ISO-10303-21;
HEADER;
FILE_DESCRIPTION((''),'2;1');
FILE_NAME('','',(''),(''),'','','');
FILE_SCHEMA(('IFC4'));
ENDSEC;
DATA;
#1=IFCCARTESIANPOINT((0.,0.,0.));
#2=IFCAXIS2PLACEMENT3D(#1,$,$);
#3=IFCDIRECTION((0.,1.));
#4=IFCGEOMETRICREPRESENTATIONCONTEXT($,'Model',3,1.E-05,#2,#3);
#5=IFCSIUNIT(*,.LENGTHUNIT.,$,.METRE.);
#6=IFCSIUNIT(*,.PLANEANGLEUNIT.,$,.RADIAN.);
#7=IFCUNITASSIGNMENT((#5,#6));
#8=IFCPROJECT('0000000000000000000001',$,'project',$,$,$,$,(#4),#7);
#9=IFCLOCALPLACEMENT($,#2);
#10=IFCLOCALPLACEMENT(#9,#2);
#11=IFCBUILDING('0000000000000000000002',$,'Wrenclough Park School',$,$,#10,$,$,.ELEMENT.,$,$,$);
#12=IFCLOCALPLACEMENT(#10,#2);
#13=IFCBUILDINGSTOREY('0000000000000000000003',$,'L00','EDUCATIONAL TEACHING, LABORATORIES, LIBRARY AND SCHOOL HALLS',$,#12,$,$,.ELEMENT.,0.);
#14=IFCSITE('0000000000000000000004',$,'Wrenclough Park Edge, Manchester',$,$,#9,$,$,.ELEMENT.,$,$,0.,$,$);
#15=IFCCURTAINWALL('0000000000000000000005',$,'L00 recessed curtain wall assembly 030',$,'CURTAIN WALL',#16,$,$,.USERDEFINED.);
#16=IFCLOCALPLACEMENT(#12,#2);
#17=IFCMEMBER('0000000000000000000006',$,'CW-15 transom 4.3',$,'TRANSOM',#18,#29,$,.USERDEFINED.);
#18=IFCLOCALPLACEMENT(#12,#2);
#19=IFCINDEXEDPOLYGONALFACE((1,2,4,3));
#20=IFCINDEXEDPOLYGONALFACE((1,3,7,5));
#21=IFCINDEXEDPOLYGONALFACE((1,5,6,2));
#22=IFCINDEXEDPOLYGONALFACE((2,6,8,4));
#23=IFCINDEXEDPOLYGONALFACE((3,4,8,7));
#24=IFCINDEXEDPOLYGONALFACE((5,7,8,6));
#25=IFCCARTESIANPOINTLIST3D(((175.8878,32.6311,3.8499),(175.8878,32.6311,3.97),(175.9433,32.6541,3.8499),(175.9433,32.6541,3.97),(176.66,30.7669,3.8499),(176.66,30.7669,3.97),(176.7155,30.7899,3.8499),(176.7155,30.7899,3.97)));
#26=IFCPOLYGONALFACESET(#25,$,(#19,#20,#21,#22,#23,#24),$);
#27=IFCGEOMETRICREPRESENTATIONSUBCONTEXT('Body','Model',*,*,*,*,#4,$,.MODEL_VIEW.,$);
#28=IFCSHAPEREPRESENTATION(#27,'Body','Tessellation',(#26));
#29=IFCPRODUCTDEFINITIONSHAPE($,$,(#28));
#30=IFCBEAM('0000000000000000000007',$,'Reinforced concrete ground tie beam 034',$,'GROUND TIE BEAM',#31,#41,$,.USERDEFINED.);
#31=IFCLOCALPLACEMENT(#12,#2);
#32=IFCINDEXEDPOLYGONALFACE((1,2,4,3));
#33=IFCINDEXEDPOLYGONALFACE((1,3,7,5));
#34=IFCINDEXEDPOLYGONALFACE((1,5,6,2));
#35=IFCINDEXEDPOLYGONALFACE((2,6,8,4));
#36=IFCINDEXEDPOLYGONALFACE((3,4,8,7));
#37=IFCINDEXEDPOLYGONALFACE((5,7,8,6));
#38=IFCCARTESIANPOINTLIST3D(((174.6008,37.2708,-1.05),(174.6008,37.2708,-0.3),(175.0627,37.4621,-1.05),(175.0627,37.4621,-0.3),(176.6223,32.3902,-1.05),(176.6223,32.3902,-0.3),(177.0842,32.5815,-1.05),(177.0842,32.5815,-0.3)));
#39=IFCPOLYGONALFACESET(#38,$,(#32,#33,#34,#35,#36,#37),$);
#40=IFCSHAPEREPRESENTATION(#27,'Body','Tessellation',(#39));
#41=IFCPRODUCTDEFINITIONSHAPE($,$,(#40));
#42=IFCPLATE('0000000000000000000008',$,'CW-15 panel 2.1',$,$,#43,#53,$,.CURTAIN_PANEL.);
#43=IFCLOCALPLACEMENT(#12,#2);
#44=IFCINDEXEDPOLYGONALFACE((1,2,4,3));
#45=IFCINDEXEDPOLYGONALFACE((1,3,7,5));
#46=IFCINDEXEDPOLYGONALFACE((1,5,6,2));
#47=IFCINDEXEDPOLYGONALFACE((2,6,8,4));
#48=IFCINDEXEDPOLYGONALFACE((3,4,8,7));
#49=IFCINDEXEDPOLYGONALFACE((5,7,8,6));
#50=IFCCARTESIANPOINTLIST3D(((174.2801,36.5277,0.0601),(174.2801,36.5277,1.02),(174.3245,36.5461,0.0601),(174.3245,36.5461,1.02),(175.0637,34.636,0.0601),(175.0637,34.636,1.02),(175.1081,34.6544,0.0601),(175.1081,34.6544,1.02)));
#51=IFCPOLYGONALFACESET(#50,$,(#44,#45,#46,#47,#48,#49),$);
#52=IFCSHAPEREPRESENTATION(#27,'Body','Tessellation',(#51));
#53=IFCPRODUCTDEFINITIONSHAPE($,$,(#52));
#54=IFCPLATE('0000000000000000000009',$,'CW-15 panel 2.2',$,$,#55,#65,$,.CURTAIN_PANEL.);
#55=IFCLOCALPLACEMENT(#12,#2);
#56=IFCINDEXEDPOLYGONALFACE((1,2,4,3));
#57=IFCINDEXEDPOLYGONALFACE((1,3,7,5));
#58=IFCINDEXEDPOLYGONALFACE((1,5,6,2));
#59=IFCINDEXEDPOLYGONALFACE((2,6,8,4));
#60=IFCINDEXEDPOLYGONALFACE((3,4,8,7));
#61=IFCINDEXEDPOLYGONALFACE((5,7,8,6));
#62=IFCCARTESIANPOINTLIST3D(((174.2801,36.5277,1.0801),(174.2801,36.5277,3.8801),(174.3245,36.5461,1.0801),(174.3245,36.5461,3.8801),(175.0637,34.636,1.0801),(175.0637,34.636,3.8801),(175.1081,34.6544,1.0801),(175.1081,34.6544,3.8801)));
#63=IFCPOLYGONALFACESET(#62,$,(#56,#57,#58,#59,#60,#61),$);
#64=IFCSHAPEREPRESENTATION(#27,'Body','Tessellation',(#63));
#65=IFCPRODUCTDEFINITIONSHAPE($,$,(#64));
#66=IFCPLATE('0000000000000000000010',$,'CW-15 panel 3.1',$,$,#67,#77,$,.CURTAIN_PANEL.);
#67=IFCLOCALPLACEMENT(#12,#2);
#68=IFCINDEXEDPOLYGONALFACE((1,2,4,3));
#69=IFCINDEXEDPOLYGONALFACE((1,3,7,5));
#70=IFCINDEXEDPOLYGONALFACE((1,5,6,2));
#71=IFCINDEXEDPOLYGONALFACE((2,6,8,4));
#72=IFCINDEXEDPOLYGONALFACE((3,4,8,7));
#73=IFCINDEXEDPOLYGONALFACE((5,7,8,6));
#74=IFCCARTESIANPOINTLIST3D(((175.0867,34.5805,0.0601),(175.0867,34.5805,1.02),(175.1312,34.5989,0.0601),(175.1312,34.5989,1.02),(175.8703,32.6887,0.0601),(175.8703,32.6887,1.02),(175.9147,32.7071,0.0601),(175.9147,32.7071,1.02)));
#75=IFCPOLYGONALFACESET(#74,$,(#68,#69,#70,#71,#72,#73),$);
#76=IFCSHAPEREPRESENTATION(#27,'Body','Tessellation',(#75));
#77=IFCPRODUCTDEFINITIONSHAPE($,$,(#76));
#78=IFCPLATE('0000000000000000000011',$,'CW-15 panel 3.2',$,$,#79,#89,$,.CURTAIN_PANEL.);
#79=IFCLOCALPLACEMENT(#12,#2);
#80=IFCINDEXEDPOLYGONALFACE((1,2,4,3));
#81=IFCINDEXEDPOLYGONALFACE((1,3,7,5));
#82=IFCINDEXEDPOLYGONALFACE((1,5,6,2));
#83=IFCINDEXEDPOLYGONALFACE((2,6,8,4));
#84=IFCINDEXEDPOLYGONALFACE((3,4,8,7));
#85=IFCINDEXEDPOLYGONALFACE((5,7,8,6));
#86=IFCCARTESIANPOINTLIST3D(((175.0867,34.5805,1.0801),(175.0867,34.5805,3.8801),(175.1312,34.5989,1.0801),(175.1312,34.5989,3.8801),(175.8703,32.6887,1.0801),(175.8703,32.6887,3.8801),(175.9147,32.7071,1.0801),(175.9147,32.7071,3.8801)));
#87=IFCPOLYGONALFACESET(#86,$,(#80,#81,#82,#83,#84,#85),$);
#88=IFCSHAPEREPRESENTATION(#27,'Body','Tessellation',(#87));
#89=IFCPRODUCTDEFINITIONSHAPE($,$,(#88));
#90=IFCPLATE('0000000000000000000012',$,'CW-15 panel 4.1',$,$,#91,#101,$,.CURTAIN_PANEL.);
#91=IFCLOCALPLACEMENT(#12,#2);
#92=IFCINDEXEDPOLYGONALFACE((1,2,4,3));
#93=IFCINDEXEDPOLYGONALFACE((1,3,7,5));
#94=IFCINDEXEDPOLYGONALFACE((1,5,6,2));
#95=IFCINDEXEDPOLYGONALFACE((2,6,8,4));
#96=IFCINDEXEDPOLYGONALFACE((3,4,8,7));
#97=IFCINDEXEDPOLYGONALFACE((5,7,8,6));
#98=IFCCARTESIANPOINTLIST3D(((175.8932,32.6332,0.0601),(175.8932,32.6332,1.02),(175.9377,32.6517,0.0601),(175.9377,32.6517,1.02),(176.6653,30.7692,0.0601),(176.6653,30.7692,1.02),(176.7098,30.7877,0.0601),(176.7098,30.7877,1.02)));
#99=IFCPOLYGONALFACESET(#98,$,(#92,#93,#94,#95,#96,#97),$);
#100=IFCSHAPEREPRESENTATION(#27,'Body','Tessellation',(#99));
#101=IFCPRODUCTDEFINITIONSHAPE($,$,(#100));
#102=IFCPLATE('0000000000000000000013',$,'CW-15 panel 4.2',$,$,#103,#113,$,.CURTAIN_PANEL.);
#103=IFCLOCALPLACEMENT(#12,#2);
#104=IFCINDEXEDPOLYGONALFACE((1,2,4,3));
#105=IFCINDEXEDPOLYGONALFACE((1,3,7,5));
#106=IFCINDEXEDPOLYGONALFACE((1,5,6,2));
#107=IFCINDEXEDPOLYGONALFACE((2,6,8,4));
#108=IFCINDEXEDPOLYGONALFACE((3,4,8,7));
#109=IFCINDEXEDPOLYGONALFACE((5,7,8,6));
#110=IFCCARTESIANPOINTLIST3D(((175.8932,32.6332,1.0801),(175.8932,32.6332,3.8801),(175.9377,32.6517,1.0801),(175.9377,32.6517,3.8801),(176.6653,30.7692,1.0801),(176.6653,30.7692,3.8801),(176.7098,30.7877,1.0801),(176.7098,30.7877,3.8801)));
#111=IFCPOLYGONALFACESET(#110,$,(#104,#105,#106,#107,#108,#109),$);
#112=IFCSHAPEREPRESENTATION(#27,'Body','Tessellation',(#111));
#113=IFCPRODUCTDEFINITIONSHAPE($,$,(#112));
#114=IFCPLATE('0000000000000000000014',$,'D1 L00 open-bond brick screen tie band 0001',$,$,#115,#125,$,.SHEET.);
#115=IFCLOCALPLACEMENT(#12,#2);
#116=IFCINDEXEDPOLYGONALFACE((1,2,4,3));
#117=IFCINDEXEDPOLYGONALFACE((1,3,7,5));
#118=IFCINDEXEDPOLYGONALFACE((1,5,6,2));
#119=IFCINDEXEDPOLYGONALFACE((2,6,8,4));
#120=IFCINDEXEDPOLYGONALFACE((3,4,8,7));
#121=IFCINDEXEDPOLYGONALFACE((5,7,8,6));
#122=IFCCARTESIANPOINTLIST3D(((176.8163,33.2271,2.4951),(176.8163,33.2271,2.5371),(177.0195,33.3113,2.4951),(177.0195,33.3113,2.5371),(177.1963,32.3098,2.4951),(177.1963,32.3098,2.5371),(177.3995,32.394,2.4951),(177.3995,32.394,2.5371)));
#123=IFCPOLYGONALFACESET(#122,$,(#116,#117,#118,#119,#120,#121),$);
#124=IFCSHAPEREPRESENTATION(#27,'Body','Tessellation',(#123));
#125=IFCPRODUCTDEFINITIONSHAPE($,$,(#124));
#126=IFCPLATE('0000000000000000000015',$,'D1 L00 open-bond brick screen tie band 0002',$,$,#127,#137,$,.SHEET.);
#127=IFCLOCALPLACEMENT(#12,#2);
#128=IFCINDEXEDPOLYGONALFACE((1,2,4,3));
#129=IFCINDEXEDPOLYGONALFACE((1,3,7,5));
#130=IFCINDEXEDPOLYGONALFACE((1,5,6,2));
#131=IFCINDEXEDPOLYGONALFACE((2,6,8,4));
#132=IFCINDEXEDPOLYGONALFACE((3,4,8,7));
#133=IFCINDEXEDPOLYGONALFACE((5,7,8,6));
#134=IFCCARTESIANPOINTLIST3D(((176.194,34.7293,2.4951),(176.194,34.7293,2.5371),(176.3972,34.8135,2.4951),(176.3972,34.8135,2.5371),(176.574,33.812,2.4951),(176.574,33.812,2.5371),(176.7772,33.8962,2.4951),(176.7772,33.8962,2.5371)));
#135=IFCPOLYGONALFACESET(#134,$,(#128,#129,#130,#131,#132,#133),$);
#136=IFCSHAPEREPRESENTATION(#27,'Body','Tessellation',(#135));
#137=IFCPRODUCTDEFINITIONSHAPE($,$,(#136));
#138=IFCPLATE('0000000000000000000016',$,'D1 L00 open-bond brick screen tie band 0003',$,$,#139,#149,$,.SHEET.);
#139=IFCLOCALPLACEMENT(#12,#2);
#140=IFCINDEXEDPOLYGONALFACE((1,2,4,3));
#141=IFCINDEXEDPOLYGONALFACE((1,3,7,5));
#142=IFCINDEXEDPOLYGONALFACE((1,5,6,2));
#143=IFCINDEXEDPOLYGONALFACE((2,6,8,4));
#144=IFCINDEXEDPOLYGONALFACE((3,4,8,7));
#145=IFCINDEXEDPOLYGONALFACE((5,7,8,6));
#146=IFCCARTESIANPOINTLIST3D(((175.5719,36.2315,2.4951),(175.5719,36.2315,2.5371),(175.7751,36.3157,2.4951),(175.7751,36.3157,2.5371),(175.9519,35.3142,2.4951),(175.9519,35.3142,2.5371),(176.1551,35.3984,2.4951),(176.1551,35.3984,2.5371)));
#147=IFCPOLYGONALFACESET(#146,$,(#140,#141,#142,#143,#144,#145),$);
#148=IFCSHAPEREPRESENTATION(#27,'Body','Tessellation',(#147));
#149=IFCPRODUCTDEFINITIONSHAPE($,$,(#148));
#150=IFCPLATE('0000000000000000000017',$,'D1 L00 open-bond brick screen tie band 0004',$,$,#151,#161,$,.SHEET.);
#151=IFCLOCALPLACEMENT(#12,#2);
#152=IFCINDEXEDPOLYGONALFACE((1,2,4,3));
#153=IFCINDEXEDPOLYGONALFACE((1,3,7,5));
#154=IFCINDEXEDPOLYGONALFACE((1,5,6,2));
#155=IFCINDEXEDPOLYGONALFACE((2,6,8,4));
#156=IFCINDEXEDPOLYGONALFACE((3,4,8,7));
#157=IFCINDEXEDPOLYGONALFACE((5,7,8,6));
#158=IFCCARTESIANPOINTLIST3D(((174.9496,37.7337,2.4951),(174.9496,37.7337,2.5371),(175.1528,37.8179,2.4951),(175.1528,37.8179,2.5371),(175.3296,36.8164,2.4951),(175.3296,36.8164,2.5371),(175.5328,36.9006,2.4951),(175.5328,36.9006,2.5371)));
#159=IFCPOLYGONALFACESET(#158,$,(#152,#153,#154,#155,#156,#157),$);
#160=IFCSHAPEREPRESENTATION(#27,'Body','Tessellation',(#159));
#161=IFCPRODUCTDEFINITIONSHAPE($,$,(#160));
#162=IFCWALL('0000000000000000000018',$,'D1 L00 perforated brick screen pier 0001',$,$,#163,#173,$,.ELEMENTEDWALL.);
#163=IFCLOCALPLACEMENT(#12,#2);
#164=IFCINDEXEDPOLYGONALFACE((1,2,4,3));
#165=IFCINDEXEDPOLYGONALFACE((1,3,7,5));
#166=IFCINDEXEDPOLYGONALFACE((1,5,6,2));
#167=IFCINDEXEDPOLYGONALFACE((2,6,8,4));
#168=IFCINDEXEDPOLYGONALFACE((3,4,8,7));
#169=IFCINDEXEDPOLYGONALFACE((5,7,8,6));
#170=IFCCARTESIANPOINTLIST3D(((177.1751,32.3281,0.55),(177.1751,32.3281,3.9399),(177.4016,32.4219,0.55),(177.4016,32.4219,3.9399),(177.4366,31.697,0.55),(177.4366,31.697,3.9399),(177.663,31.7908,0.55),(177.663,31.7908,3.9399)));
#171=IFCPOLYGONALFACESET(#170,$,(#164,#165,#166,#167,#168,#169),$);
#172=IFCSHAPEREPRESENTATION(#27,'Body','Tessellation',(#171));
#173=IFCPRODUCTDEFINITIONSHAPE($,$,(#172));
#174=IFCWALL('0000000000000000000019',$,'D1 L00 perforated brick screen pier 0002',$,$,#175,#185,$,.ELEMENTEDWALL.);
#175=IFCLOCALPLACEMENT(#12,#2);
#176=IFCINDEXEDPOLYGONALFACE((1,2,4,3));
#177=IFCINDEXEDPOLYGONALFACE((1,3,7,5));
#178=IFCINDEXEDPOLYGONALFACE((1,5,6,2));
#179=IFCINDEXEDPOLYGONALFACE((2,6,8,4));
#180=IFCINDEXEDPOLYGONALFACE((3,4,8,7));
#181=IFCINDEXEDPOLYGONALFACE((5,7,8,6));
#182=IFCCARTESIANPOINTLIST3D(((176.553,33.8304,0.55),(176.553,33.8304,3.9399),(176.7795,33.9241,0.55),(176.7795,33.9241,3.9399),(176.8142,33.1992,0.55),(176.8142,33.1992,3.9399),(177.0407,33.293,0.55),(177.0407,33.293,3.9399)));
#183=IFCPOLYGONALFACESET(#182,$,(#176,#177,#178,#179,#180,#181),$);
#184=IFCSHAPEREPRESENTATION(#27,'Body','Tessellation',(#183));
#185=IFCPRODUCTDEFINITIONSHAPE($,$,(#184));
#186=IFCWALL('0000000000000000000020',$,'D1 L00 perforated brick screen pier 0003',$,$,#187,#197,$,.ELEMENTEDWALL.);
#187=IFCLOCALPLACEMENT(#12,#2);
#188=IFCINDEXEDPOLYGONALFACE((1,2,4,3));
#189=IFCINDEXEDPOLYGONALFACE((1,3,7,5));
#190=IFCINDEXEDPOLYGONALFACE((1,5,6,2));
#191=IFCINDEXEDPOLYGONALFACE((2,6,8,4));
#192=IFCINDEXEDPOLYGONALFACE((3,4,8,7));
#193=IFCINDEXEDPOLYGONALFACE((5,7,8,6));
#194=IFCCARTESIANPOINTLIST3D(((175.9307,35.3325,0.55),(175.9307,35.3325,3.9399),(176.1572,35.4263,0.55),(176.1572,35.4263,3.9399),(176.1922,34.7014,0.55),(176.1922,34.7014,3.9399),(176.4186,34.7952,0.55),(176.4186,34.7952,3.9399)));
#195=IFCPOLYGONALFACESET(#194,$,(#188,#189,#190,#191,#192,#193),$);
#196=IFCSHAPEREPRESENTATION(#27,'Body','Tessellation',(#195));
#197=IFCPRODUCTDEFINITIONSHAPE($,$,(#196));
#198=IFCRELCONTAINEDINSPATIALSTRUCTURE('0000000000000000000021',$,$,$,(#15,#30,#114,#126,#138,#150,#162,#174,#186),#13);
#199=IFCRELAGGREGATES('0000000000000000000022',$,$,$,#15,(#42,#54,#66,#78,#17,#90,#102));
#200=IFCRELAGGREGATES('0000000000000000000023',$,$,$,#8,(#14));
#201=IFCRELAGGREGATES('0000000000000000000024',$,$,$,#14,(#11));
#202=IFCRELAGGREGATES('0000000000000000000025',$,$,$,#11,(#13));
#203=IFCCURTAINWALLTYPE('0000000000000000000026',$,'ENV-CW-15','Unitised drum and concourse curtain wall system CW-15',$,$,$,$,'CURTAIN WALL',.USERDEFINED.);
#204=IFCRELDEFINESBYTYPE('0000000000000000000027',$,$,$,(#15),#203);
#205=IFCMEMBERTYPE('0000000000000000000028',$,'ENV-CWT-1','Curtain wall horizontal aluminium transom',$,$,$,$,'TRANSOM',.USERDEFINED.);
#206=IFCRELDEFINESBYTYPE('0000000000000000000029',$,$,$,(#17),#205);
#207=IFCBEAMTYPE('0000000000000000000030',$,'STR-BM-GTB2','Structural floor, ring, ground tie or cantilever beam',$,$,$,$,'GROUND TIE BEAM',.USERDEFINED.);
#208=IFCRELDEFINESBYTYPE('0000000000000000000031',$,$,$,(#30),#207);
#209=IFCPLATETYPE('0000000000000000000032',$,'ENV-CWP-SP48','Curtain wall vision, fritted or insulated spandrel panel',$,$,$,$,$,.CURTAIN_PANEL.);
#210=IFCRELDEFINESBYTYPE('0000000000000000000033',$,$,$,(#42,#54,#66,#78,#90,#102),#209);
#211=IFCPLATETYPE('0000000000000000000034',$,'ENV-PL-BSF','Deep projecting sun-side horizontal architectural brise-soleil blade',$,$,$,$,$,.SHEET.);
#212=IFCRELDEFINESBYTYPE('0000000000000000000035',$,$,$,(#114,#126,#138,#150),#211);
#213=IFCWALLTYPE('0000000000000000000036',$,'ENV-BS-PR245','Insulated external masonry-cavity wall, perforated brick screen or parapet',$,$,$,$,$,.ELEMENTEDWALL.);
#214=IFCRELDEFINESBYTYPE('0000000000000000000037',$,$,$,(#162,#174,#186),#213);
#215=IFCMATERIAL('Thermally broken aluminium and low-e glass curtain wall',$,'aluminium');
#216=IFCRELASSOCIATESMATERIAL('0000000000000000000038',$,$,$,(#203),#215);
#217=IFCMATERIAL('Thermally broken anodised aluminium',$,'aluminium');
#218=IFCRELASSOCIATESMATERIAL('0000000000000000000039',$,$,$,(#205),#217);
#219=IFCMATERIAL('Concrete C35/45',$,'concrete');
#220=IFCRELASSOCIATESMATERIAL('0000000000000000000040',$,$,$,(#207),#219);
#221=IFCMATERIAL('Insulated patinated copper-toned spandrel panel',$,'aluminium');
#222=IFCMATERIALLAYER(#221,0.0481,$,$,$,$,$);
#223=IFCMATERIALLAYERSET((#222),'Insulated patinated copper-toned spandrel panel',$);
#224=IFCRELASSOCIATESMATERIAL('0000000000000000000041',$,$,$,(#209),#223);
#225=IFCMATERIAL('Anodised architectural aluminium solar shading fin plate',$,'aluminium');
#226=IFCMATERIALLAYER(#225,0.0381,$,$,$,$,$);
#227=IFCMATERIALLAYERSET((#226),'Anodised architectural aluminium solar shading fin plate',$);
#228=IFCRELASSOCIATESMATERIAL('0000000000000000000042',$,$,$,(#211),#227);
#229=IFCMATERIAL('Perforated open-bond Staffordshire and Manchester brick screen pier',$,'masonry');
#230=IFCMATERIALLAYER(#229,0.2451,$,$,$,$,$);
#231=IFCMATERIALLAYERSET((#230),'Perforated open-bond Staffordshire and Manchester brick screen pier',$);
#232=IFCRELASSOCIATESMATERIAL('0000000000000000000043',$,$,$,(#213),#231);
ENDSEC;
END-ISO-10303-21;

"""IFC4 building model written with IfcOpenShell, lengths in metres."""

from ifc_helpers import new_model, si_unit, direction, frame, frame_2d, origin, origin_2d, place, context, subcontext, project, spatial, rectangle, extrude, material, layer, layer_set, material_profile, profile_set, type_object, element, aggregate, save


model = new_model("IFC4")

# Units and contexts
model_context = context("Model", 3, precision=1e-05, world=origin(), true_north=direction((0.0, 1.0)))
body_context = subcontext(model_context, "Body", "Model", "MODEL_VIEW")
ifc_project = project(units=[si_unit("LENGTHUNIT", "METRE"), si_unit("PLANEANGLEUNIT", "RADIAN")], contexts=[model_context])

# Site, building, storey
site_placement = place(None, origin())
site = spatial("IfcSite", under=ifc_project, at=site_placement, Name="Wrenclough Park Edge, Manchester", CompositionType="ELEMENT", RefElevation=0.0)
building_placement = place(site_placement, origin())
building = spatial("IfcBuilding", under=site, at=building_placement, Name="Wrenclough Park School", CompositionType="ELEMENT")
storey_placement = place(building_placement, origin())
storey = spatial("IfcBuildingStorey", under=building, at=storey_placement, Name="L00", Description="EDUCATIONAL TEACHING, LABORATORIES, LIBRARY AND SCHOOL HALLS", CompositionType="ELEMENT", Elevation=0.0)

# Shared definitions
ifc_material_1 = material(Name="Concrete C35/45", Category="concrete")

# Curtain wall, member
ifc_material_2 = material(Name="Thermally broken aluminium and low-e glass curtain wall", Category="aluminium")
curtain_wall_type = type_object("IfcCurtainWallType", Name="ENV-CW-15", Description="Unitised drum and concourse curtain wall system CW-15", ElementType="CURTAIN WALL", PredefinedType="USERDEFINED", material=ifc_material_2)
curtain_wall_placement = place(storey_placement, origin())
curtain_wall = element("IfcCurtainWall", 1, at=curtain_wall_placement, inside=storey, type_object=curtain_wall_type, Name="L00 recessed curtain wall assembly 030", ObjectType="CURTAIN WALL", PredefinedType="USERDEFINED")
ifc_material_3 = material(Name="Thermally broken anodised aluminium", Category="aluminium")
ifc_material_profile_1 = material_profile(ifc_material_3, rectangle(XDim=0.0601, YDim=0.1201, at=origin_2d()), Name="AL TRANSOM 60x120")
ifc_profile_set_1 = profile_set([ifc_material_profile_1], Name="Thermally broken anodised aluminium")
member_type_1 = type_object("IfcMemberType", Name="ENV-CWT-1", Description="Curtain wall horizontal aluminium transom", ElementType="TRANSOM", PredefinedType="USERDEFINED", material=ifc_profile_set_1)
member_1_placement = place(storey_placement, frame((175.9155, 32.6426, 3.9099), z_axis=(0.38269, -0.923877, 0.0), x_axis=(0.923877, 0.38269, 0.0)))
member_1 = element("IfcMember", 2, at=member_1_placement, type_object=member_type_1, Name="CW-15 transom 4.3", ObjectType="TRANSOM", PredefinedType="USERDEFINED", context=body_context, shape_type="SweptSolid", body=[
    extrude(rectangle(XDim=0.0601, YDim=0.1201, at=origin_2d()), origin(), (0.0, 0.0, 1.0), 2.0178),
])

# Beam
ifc_material_profile_2 = material_profile(ifc_material_1, rectangle(XDim=0.5, YDim=0.75, at=origin_2d()), Name="RC GROUND 500x750")
ifc_profile_set_2 = profile_set([ifc_material_profile_2], Name="Concrete C35/45")
beam_type = type_object("IfcBeamType", Name="STR-BM-GTB2", Description="Structural floor, ring, ground tie or cantilever beam", ElementType="GROUND TIE BEAM", PredefinedType="USERDEFINED", material=ifc_profile_set_2)
beam_placement = place(storey_placement, frame((176.8533, 32.4858, -0.675), z_axis=(-0.382662, 0.923888, 0.0), x_axis=(-0.923888, -0.382662, 0.0)))
element("IfcBeam", 3, at=beam_placement, inside=storey, type_object=beam_type, Name="Reinforced concrete ground tie beam 034", ObjectType="GROUND TIE BEAM", PredefinedType="USERDEFINED", context=body_context, shape_type="SweptSolid", body=[
    extrude(rectangle(XDim=0.5, YDim=0.75, at=origin_2d()), origin(), (0.0, 0.0, 1.0), 5.2827),
])

# Plates
ifc_material_4 = material(Name="Insulated patinated copper-toned spandrel panel", Category="aluminium")
ifc_layer_1 = layer(ifc_material_4, 0.0481)
ifc_layer_set_1 = layer_set([ifc_layer_1], Name="Insulated patinated copper-toned spandrel panel")
plate_type_1 = type_object("IfcPlateType", Name="ENV-CWP-SP48", Description="Curtain wall vision, fritted or insulated spandrel panel", PredefinedType="CURTAIN_PANEL", material=ifc_layer_set_1)
plate_1_placement = place(storey_placement, frame((174.6941, 35.5911, 0.0601), z_axis=(0.0, 0.0, 1.0), x_axis=(0.382687, -0.923878, 0.0)))
plate_1 = element("IfcPlate", 4, at=plate_1_placement, type_object=plate_type_1, Name="CW-15 panel 2.1", PredefinedType="CURTAIN_PANEL", context=body_context, shape_type="SweptSolid", body=[
    extrude(rectangle(XDim=2.0476, YDim=0.0481, at=origin_2d()), origin(), (0.0, 0.0, 1.0), 0.96),
])
plate_2_placement = place(storey_placement, frame((174.6941, 35.5911, 1.0801), z_axis=(0.0, 0.0, 1.0), x_axis=(0.382687, -0.923878, 0.0)))
plate_2 = element("IfcPlate", 5, at=plate_2_placement, type_object=plate_type_1, Name="CW-15 panel 2.2", PredefinedType="CURTAIN_PANEL", context=body_context, shape_type="SweptSolid", body=[
    extrude(rectangle(XDim=2.0476, YDim=0.0481, at=origin_2d()), origin(), (0.0, 0.0, 1.0), 2.8),
])
plate_3_placement = place(storey_placement, frame((175.5007, 33.6438, 0.0601), z_axis=(0.0, 0.0, 1.0), x_axis=(0.382687, -0.923878, 0.0)))
plate_3 = element("IfcPlate", 6, at=plate_3_placement, type_object=plate_type_1, Name="CW-15 panel 3.1", PredefinedType="CURTAIN_PANEL", context=body_context, shape_type="SweptSolid", body=[
    extrude(rectangle(XDim=2.0476, YDim=0.0481, at=origin_2d()), origin(), (0.0, 0.0, 1.0), 0.96),
])
plate_4_placement = place(storey_placement, frame((175.5007, 33.6438, 1.0801), z_axis=(0.0, 0.0, 1.0), x_axis=(0.382687, -0.923878, 0.0)))
plate_4 = element("IfcPlate", 7, at=plate_4_placement, type_object=plate_type_1, Name="CW-15 panel 3.2", PredefinedType="CURTAIN_PANEL", context=body_context, shape_type="SweptSolid", body=[
    extrude(rectangle(XDim=2.0476, YDim=0.0481, at=origin_2d()), origin(), (0.0, 0.0, 1.0), 2.8),
])
plate_5_placement = place(storey_placement, frame((176.3015, 31.7104, 0.0601), z_axis=(0.0, 0.0, 1.0), x_axis=(0.382687, -0.923878, 0.0)))
plate_5 = element("IfcPlate", 8, at=plate_5_placement, type_object=plate_type_1, Name="CW-15 panel 4.1", PredefinedType="CURTAIN_PANEL", context=body_context, shape_type="SweptSolid", body=[
    extrude(rectangle(XDim=2.0176, YDim=0.0481, at=origin_2d()), origin(), (0.0, 0.0, 1.0), 0.96),
])
plate_6_placement = place(storey_placement, frame((176.3015, 31.7104, 1.0801), z_axis=(0.0, 0.0, 1.0), x_axis=(0.382687, -0.923878, 0.0)))
plate_6 = element("IfcPlate", 9, at=plate_6_placement, type_object=plate_type_1, Name="CW-15 panel 4.2", PredefinedType="CURTAIN_PANEL", context=body_context, shape_type="SweptSolid", body=[
    extrude(rectangle(XDim=2.0176, YDim=0.0481, at=origin_2d()), origin(), (0.0, 0.0, 1.0), 2.8),
])
aggregate(curtain_wall, [plate_1, plate_2, plate_3, plate_4, member_1, plate_5, plate_6])

# Plates
ifc_material_5 = material(Name="Anodised architectural aluminium solar shading fin plate", Category="aluminium")
ifc_layer_2 = layer(ifc_material_5, 0.0381)
ifc_layer_set_2 = layer_set([ifc_layer_2], Name="Anodised architectural aluminium solar shading fin plate")
plate_type_2 = type_object("IfcPlateType", Name="ENV-PL-BSF", Description="Deep projecting sun-side horizontal architectural brise-soleil blade", PredefinedType="SHEET", material=ifc_layer_set_2)
for number, where, z_axis, x_axis, name in (
    (10, (177.1079, 32.8105, 2.4951), (0.0, 0.0, 1.0), (-0.382692, 0.923876, 0.0), "D1 L00 open-bond brick screen tie band 0001"),
    (11, (176.4856, 34.3127, 2.4951), (0.0, 0.0, 1.0), (-0.382692, 0.923876, 0.0), "D1 L00 open-bond brick screen tie band 0002"),
    (12, (175.8635, 35.8149, 2.4951), (0.0, 0.0, 1.0), (-0.382692, 0.923876, 0.0), "D1 L00 open-bond brick screen tie band 0003"),
    (13, (175.2412, 37.3171, 2.4951), (0.0, 0.0, 1.0), (-0.382692, 0.923876, 0.0), "D1 L00 open-bond brick screen tie band 0004"),
):
    element("IfcPlate", number, at=place(storey_placement, frame(where, z_axis=z_axis, x_axis=x_axis)), inside=storey, type_object=plate_type_2, Name=name, PredefinedType="SHEET", context=body_context, shape_type="SweptSolid", body=[
        extrude(rectangle(XDim=0.9929, YDim=0.22, at=origin_2d()), origin(), (0.0, 0.0, 1.0), 0.042),
    ])

# Walls
ifc_material_6 = material(Name="Perforated open-bond Staffordshire and Manchester brick screen pier", Category="masonry")
ifc_layer_3 = layer(ifc_material_6, 0.2451)
ifc_layer_set_3 = layer_set([ifc_layer_3], Name="Perforated open-bond Staffordshire and Manchester brick screen pier")
wall_type = type_object("IfcWallType", Name="ENV-BS-PR245", Description="Insulated external masonry-cavity wall, perforated brick screen or parapet", PredefinedType="ELEMENTEDWALL", material=ifc_layer_set_3)
for number, where, z_axis, x_axis, name in (
    (14, (177.5498, 31.7439, 0.55), (0.0, 0.0, 1.0), (-0.382762, 0.923847, 0.0), "D1 L00 perforated brick screen pier 0001"),
    (15, (176.9275, 33.2461, 0.55), (0.0, 0.0, 1.0), (-0.382457, 0.923973, 0.0), "D1 L00 perforated brick screen pier 0002"),
    (16, (176.3054, 34.7483, 0.55), (0.0, 0.0, 1.0), (-0.382762, 0.923847, 0.0), "D1 L00 perforated brick screen pier 0003"),
):
    element("IfcWall", number, at=place(storey_placement, frame(where, z_axis=z_axis, x_axis=x_axis)), inside=storey, type_object=wall_type, Name=name, PredefinedType="ELEMENTEDWALL", context=body_context, shape_type="SweptSolid", body=[
        extrude(rectangle(XDim=0.6831, YDim=0.2451, at=frame_2d((0.3416, 0.0))), origin(), (0.0, 0.0, 1.0), 3.3899),
    ])

save(model, "model.ifc")
